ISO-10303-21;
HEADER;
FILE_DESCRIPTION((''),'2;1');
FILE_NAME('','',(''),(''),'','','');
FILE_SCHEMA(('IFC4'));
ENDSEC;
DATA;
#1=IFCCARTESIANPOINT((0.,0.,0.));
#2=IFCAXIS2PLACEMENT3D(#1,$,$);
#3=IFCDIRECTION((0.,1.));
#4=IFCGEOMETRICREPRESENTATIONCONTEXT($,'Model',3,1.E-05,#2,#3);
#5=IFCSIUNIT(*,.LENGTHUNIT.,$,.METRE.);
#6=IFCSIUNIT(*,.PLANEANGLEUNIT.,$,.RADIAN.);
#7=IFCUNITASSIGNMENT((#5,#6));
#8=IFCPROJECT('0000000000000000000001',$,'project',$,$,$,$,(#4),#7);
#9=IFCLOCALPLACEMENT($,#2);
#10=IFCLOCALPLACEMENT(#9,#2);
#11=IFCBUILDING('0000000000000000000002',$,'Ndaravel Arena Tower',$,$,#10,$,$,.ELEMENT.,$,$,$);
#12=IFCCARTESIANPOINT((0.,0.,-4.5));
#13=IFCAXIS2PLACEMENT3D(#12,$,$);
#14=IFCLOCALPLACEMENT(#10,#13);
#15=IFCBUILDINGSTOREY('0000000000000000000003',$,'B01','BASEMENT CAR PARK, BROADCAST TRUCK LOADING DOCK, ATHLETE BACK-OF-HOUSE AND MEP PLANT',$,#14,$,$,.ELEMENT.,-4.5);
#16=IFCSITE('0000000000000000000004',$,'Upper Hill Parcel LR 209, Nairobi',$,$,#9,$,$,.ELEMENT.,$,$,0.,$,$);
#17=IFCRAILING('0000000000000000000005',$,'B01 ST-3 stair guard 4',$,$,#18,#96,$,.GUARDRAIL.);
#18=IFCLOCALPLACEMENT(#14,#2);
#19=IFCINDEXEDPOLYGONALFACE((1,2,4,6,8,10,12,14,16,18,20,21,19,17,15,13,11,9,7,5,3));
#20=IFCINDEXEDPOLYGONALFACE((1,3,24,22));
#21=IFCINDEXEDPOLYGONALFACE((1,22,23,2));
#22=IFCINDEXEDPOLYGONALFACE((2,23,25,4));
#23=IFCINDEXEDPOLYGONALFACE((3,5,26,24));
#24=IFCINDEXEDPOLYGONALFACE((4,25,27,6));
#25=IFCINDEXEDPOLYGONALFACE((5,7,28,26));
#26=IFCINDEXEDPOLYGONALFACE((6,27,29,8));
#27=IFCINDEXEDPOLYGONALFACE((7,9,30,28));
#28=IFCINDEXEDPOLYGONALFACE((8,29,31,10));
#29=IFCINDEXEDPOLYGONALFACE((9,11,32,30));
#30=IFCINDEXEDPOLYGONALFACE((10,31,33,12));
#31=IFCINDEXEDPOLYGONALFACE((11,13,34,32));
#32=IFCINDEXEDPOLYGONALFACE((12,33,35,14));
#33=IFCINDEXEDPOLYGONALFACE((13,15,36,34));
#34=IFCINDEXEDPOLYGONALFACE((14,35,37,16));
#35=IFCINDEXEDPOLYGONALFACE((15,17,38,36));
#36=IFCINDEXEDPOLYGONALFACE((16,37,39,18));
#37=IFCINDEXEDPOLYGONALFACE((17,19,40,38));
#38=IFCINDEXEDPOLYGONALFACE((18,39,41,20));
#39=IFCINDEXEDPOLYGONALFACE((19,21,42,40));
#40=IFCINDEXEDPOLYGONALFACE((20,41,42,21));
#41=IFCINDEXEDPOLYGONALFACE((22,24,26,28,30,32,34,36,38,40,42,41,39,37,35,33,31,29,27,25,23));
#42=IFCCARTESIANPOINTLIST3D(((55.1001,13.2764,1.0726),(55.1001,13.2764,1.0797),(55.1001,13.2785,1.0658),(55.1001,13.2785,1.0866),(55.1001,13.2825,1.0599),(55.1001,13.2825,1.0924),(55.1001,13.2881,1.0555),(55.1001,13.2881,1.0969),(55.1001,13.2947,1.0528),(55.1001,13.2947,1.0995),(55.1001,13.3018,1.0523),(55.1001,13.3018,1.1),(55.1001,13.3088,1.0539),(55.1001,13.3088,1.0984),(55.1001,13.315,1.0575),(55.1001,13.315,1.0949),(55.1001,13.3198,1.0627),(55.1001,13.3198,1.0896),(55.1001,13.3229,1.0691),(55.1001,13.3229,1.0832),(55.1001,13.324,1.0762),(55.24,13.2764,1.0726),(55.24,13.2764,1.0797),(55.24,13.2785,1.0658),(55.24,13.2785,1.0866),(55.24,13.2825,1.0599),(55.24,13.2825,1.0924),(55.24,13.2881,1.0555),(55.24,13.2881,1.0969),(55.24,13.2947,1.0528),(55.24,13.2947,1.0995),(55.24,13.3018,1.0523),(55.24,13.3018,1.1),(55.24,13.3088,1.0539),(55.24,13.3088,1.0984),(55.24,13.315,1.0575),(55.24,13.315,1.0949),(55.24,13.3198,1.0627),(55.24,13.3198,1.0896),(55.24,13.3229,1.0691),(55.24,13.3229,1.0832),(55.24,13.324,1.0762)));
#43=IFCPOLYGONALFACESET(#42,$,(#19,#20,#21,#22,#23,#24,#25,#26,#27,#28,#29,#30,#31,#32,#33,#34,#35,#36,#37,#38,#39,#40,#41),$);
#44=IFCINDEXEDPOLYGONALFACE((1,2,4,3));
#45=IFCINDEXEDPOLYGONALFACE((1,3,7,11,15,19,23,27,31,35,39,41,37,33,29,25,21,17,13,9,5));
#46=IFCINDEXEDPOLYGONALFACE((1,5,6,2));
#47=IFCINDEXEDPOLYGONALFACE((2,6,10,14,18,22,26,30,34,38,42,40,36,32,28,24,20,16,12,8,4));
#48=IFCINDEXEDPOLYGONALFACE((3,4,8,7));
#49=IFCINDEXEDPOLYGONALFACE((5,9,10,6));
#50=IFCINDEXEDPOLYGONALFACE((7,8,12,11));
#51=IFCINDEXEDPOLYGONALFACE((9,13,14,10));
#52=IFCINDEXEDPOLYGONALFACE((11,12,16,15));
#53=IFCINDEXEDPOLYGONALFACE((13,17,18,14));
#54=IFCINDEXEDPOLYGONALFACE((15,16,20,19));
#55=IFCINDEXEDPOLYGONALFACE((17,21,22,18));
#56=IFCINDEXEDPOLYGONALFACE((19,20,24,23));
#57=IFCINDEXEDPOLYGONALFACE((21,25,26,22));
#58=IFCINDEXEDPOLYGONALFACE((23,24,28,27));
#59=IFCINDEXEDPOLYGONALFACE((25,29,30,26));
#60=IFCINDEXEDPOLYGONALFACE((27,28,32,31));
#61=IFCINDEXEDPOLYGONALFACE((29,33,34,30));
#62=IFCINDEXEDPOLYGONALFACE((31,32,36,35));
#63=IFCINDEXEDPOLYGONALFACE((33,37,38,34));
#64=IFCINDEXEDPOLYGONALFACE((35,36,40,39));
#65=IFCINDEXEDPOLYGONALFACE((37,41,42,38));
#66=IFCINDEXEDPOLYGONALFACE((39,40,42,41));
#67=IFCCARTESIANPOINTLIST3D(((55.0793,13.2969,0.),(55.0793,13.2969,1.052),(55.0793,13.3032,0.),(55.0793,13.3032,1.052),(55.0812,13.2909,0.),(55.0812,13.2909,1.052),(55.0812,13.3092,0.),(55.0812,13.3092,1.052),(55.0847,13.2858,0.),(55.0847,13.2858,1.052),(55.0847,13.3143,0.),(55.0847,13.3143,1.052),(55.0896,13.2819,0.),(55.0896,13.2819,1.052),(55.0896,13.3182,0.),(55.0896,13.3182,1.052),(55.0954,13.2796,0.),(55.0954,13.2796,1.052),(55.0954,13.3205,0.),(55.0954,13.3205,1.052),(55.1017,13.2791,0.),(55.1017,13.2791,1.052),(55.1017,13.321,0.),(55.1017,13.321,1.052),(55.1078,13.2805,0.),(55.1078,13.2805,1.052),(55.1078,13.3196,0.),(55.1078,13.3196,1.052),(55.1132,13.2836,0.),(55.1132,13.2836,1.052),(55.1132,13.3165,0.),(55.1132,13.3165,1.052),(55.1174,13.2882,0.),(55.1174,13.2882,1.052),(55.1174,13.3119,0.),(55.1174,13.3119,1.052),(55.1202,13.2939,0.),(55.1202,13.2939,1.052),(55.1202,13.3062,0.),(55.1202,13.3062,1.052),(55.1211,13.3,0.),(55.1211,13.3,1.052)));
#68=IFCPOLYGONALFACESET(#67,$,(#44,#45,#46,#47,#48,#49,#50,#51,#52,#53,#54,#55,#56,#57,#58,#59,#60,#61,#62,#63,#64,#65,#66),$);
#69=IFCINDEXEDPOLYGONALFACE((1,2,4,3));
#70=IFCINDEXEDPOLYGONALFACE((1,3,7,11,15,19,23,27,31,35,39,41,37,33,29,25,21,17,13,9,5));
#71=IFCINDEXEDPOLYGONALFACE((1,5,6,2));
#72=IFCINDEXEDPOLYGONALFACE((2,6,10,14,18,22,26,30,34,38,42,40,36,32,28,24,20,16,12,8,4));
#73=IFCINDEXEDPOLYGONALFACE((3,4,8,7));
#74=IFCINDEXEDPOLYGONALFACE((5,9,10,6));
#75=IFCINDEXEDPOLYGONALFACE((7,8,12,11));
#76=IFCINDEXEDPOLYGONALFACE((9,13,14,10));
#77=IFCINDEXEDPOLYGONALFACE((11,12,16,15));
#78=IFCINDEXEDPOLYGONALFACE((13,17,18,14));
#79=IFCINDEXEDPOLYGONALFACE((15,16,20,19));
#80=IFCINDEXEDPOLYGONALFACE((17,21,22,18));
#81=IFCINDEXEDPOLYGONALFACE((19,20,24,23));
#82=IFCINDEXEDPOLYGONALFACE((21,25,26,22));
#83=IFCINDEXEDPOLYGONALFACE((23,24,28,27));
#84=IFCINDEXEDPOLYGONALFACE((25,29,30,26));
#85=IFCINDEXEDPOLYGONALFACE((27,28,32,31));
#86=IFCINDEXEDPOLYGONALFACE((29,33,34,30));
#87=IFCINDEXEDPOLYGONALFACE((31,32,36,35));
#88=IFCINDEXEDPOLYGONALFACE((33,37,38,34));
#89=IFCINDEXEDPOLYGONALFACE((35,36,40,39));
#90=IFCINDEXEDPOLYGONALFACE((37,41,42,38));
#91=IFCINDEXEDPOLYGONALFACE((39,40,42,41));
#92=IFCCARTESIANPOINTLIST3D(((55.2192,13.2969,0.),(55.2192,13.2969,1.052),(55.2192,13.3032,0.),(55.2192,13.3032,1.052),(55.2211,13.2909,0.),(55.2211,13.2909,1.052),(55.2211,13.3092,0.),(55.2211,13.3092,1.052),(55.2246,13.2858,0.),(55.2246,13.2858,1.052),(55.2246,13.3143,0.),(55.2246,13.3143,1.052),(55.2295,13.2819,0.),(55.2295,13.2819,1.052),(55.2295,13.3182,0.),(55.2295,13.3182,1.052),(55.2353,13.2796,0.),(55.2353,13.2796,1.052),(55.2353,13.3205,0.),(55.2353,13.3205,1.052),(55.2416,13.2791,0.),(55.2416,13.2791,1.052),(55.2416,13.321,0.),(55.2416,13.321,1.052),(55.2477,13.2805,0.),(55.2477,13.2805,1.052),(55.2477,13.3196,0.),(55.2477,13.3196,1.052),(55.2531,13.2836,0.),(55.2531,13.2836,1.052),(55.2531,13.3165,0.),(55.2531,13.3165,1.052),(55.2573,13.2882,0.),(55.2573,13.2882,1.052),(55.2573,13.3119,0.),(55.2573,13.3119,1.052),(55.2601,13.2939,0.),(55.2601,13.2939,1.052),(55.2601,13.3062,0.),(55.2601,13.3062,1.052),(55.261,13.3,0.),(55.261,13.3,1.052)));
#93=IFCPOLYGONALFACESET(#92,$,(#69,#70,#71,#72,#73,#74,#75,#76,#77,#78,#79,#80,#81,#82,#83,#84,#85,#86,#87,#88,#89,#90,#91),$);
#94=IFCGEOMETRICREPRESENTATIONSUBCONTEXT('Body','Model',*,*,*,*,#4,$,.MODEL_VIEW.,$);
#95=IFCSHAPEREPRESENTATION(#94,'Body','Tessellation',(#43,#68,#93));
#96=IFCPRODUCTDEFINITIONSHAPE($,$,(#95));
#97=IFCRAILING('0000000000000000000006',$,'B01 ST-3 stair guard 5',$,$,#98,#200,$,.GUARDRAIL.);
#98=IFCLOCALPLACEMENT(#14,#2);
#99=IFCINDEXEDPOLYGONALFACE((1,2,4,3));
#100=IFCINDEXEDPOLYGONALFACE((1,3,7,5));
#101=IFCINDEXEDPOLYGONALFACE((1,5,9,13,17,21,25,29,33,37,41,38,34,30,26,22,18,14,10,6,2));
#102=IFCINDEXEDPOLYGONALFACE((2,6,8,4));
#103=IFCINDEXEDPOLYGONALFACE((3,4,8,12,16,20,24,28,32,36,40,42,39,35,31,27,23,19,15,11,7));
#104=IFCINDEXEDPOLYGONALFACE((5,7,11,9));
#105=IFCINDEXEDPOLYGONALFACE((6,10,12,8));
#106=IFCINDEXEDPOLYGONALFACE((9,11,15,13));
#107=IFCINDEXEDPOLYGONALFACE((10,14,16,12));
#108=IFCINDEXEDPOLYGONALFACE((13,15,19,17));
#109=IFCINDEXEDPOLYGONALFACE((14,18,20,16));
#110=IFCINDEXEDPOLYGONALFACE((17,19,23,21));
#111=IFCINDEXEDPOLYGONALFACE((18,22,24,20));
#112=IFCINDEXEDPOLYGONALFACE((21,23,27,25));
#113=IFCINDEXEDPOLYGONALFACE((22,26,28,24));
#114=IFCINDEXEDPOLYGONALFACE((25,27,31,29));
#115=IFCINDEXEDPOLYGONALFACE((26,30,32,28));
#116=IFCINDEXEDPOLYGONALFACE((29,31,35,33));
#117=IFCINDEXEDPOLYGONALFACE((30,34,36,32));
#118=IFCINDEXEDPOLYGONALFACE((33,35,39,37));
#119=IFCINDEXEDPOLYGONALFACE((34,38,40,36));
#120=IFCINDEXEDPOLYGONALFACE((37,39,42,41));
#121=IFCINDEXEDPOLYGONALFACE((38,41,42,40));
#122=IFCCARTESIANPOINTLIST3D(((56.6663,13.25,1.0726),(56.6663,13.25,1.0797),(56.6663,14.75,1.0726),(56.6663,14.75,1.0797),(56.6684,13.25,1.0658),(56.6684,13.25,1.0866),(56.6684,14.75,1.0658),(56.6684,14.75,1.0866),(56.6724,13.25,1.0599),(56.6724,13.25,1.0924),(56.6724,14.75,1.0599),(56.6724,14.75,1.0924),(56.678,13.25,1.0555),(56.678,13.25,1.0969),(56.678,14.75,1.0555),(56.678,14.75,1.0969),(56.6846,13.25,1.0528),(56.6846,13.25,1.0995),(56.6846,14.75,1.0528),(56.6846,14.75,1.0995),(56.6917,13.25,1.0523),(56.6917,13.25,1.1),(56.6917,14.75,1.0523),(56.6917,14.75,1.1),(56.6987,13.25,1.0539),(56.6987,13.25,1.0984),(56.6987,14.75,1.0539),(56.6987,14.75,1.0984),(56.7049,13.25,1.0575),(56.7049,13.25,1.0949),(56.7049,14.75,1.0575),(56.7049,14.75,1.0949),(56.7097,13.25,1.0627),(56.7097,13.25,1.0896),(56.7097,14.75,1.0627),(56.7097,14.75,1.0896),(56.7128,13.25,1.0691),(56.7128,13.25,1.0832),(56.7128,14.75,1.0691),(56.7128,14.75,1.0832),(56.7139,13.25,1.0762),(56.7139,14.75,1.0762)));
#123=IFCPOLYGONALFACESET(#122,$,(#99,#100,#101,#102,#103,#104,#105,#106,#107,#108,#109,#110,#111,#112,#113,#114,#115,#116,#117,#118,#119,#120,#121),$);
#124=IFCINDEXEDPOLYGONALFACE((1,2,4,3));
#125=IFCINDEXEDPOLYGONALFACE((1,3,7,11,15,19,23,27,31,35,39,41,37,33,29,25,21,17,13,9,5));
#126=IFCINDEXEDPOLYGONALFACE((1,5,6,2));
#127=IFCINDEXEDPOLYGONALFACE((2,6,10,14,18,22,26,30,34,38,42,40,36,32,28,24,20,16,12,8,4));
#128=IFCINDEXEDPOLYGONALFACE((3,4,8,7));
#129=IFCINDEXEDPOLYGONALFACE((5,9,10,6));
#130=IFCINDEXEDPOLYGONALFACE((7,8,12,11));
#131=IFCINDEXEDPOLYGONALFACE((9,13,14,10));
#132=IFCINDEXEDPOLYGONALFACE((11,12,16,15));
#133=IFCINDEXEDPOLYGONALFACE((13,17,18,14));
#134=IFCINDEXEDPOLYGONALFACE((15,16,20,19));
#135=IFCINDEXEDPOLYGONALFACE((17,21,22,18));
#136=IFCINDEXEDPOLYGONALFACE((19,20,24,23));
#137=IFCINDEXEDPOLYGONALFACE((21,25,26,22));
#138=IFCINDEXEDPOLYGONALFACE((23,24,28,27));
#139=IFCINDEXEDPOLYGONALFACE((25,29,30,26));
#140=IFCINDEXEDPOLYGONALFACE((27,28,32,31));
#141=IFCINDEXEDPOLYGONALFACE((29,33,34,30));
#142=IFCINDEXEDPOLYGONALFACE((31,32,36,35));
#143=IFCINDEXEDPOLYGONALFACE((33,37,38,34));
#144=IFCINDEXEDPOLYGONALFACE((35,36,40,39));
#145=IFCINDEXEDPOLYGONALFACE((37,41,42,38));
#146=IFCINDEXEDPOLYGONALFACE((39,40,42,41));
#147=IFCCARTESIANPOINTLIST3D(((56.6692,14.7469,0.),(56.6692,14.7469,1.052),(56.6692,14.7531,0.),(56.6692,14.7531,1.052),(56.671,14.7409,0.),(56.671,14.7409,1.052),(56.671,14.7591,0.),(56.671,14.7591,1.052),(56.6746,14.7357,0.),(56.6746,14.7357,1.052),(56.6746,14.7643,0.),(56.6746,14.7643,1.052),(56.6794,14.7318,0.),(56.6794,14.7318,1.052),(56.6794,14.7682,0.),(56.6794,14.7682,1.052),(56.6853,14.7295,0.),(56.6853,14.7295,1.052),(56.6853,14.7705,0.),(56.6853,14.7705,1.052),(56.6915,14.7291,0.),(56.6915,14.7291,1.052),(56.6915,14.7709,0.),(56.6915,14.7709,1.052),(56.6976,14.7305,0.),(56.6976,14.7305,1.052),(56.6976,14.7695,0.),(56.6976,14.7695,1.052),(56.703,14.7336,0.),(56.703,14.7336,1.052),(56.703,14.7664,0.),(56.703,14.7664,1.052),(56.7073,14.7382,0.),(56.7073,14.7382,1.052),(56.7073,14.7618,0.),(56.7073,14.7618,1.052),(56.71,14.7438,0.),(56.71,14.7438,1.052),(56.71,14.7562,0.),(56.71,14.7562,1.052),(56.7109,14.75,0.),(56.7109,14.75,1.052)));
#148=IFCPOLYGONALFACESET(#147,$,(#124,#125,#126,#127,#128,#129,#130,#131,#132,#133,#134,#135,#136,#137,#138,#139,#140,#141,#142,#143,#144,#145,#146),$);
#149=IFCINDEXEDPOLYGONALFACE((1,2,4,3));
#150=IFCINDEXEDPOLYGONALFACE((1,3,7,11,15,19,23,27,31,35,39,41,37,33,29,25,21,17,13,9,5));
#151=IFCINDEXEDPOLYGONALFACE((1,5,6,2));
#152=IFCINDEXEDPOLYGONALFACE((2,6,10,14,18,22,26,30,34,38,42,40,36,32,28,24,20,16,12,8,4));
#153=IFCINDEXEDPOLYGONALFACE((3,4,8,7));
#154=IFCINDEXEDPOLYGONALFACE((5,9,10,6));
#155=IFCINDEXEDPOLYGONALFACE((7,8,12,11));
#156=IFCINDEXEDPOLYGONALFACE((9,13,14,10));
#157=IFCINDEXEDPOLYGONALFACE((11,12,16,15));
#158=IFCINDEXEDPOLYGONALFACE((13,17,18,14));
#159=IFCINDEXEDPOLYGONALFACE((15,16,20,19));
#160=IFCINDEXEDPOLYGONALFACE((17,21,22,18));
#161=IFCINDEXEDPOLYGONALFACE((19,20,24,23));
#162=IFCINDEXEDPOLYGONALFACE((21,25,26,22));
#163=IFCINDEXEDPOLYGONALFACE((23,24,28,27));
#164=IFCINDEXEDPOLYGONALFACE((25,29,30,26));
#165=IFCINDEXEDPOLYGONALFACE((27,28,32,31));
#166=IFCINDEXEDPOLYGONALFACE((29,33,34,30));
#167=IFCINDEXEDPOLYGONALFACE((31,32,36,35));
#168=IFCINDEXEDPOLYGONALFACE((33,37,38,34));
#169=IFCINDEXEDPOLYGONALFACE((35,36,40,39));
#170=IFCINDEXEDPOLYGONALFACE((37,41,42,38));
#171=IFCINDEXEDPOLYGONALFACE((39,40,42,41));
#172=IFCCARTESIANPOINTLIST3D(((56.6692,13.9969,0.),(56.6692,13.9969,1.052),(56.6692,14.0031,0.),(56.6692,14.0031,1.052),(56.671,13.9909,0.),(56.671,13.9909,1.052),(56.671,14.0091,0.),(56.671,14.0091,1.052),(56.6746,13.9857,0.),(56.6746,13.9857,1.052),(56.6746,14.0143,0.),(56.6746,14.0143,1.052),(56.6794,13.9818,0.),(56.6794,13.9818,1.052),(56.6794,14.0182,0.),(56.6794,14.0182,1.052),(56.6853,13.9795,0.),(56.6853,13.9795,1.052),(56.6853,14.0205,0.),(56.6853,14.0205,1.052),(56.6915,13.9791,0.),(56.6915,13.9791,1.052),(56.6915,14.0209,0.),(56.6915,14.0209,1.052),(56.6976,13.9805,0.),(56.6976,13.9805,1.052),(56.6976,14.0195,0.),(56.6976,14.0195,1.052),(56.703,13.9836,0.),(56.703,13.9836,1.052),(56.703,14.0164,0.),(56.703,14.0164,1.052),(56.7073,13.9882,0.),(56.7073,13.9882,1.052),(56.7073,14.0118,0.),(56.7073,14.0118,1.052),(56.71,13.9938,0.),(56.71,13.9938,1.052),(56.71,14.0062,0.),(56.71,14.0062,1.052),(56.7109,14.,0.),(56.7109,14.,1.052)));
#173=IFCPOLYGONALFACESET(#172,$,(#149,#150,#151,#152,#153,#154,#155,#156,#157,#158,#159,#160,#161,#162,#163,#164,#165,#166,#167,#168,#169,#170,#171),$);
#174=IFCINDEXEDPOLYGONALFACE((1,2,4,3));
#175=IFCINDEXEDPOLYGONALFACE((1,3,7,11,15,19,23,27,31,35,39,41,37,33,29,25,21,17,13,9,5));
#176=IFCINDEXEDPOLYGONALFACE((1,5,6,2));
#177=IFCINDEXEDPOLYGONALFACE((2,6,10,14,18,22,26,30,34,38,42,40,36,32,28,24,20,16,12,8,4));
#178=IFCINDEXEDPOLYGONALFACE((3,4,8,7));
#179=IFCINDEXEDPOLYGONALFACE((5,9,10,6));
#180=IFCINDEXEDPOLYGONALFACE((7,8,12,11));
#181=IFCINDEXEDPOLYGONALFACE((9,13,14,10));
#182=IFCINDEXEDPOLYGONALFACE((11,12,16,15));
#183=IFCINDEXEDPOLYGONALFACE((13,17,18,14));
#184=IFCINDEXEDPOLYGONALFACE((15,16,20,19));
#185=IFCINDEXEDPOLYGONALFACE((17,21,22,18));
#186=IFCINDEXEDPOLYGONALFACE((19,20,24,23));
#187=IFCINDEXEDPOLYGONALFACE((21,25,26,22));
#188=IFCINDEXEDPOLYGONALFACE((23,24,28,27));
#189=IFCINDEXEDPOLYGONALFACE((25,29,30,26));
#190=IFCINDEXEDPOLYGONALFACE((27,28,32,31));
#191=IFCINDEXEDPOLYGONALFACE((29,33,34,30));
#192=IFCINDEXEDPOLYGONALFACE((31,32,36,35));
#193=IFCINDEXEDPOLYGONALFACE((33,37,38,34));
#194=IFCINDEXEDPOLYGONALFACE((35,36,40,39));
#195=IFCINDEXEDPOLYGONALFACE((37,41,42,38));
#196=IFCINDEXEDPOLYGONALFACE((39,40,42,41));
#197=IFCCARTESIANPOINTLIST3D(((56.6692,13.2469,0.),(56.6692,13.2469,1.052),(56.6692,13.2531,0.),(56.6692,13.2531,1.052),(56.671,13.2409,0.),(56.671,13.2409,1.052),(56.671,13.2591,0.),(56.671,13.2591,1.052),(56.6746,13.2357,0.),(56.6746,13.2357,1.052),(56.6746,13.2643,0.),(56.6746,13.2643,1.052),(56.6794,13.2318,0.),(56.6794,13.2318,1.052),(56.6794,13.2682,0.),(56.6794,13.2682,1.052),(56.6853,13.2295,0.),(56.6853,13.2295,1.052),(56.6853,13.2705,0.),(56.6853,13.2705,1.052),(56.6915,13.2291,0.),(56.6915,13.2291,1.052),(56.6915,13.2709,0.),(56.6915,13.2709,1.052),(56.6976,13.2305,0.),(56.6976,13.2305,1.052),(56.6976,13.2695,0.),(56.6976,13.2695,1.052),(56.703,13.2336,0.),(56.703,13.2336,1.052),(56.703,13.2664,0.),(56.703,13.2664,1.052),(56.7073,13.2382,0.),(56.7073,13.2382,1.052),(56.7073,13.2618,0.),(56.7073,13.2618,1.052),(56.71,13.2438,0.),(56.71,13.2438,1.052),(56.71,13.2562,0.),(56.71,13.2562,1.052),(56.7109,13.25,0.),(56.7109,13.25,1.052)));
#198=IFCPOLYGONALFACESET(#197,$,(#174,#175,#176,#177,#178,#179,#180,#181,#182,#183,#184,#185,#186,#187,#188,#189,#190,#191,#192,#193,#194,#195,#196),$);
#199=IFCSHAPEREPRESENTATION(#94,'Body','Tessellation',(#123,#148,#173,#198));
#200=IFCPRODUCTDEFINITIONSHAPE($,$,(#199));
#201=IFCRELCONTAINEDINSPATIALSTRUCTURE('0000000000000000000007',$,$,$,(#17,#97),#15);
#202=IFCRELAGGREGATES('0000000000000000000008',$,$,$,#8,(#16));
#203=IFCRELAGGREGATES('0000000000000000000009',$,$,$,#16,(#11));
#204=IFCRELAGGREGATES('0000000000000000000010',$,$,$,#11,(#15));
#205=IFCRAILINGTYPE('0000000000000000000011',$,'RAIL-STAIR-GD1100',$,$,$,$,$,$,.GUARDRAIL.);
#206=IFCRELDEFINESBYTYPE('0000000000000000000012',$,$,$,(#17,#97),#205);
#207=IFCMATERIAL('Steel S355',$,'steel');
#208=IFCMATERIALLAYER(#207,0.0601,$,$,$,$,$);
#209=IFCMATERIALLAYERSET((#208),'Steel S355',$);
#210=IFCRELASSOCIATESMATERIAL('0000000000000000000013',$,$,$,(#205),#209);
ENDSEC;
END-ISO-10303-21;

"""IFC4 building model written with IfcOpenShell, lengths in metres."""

from ifc_helpers import new_model, si_unit, direction, frame, origin, origin_2d, place, context, subcontext, project, spatial, circle, extrude, material, layer, layer_set, type_object, element, save


model = new_model("IFC4")

# Units and contexts
model_context = context("Model", 3, precision=1e-05, world=origin(), true_north=direction((0.0, 1.0)))
body_context = subcontext(model_context, "Body", "Model", "MODEL_VIEW")
ifc_project = project(units=[si_unit("LENGTHUNIT", "METRE"), si_unit("PLANEANGLEUNIT", "RADIAN")], contexts=[model_context])

# Site, building, storey
site_placement = place(None, origin())
site = spatial("IfcSite", under=ifc_project, at=site_placement, Name="Upper Hill Parcel LR 209, Nairobi", CompositionType="ELEMENT", RefElevation=0.0)
building_placement = place(site_placement, origin())
building = spatial("IfcBuilding", under=site, at=building_placement, Name="Ndaravel Arena Tower", CompositionType="ELEMENT")
storey_placement = place(building_placement, frame((0.0, 0.0, -4.5)))
storey = spatial("IfcBuildingStorey", under=building, at=storey_placement, Name="B01", Description="BASEMENT CAR PARK, BROADCAST TRUCK LOADING DOCK, ATHLETE BACK-OF-HOUSE AND MEP PLANT", CompositionType="ELEMENT", Elevation=-4.5)

# Railings
ifc_material_1 = material(Name="Steel S355", Category="steel")
ifc_layer_1 = layer(ifc_material_1, 0.0601)
ifc_layer_set_1 = layer_set([ifc_layer_1], Name="Steel S355")
railing_type_1 = type_object("IfcRailingType", Name="RAIL-STAIR-GD1100", PredefinedType="GUARDRAIL", material=ifc_layer_set_1)
railing_1_placement = place(storey_placement, frame((55.1001, 13.3, 0.0)))
element("IfcRailing", 1, at=railing_1_placement, inside=storey, type_object=railing_type_1, Name="B01 ST-3 stair guard 4", PredefinedType="GUARDRAIL", context=body_context, shape_type="SweptSolid", body=[
    extrude(circle(Radius=0.0239, at=origin_2d()), frame((0.0, 0.0, 1.0762), z_axis=(1.0, 0.0, 0.0), x_axis=(0.0, 1.0, 0.0)), (0.0, 0.0, 1.0), 0.1399),
    extrude(circle(Radius=0.021, at=origin_2d()), origin(), (0.0, 0.0, 1.0), 1.052),
    extrude(circle(Radius=0.021, at=origin_2d()), frame((0.1399, 0.0, 0.0)), (0.0, 0.0, 1.0), 1.052),
])
railing_2_placement = place(storey_placement, frame((56.6899, 14.75, 0.0)))
element("IfcRailing", 2, at=railing_2_placement, inside=storey, type_object=railing_type_1, Name="B01 ST-3 stair guard 5", PredefinedType="GUARDRAIL", context=body_context, shape_type="SweptSolid", body=[
    extrude(circle(Radius=0.0239, at=origin_2d()), frame((0.0, 0.0, 1.0762), z_axis=(0.0, -1.0, 0.0), x_axis=(1.0, 0.0, 0.0)), (0.0, 0.0, 1.0), 1.5),
    extrude(circle(Radius=0.021, at=origin_2d()), origin(), (0.0, 0.0, 1.0), 1.052),
    extrude(circle(Radius=0.021, at=origin_2d()), frame((0.0, -0.75, 0.0)), (0.0, 0.0, 1.0), 1.052),
    extrude(circle(Radius=0.021, at=origin_2d()), frame((0.0, -1.5, 0.0)), (0.0, 0.0, 1.0), 1.052),
])

save(model, "model.ifc")
